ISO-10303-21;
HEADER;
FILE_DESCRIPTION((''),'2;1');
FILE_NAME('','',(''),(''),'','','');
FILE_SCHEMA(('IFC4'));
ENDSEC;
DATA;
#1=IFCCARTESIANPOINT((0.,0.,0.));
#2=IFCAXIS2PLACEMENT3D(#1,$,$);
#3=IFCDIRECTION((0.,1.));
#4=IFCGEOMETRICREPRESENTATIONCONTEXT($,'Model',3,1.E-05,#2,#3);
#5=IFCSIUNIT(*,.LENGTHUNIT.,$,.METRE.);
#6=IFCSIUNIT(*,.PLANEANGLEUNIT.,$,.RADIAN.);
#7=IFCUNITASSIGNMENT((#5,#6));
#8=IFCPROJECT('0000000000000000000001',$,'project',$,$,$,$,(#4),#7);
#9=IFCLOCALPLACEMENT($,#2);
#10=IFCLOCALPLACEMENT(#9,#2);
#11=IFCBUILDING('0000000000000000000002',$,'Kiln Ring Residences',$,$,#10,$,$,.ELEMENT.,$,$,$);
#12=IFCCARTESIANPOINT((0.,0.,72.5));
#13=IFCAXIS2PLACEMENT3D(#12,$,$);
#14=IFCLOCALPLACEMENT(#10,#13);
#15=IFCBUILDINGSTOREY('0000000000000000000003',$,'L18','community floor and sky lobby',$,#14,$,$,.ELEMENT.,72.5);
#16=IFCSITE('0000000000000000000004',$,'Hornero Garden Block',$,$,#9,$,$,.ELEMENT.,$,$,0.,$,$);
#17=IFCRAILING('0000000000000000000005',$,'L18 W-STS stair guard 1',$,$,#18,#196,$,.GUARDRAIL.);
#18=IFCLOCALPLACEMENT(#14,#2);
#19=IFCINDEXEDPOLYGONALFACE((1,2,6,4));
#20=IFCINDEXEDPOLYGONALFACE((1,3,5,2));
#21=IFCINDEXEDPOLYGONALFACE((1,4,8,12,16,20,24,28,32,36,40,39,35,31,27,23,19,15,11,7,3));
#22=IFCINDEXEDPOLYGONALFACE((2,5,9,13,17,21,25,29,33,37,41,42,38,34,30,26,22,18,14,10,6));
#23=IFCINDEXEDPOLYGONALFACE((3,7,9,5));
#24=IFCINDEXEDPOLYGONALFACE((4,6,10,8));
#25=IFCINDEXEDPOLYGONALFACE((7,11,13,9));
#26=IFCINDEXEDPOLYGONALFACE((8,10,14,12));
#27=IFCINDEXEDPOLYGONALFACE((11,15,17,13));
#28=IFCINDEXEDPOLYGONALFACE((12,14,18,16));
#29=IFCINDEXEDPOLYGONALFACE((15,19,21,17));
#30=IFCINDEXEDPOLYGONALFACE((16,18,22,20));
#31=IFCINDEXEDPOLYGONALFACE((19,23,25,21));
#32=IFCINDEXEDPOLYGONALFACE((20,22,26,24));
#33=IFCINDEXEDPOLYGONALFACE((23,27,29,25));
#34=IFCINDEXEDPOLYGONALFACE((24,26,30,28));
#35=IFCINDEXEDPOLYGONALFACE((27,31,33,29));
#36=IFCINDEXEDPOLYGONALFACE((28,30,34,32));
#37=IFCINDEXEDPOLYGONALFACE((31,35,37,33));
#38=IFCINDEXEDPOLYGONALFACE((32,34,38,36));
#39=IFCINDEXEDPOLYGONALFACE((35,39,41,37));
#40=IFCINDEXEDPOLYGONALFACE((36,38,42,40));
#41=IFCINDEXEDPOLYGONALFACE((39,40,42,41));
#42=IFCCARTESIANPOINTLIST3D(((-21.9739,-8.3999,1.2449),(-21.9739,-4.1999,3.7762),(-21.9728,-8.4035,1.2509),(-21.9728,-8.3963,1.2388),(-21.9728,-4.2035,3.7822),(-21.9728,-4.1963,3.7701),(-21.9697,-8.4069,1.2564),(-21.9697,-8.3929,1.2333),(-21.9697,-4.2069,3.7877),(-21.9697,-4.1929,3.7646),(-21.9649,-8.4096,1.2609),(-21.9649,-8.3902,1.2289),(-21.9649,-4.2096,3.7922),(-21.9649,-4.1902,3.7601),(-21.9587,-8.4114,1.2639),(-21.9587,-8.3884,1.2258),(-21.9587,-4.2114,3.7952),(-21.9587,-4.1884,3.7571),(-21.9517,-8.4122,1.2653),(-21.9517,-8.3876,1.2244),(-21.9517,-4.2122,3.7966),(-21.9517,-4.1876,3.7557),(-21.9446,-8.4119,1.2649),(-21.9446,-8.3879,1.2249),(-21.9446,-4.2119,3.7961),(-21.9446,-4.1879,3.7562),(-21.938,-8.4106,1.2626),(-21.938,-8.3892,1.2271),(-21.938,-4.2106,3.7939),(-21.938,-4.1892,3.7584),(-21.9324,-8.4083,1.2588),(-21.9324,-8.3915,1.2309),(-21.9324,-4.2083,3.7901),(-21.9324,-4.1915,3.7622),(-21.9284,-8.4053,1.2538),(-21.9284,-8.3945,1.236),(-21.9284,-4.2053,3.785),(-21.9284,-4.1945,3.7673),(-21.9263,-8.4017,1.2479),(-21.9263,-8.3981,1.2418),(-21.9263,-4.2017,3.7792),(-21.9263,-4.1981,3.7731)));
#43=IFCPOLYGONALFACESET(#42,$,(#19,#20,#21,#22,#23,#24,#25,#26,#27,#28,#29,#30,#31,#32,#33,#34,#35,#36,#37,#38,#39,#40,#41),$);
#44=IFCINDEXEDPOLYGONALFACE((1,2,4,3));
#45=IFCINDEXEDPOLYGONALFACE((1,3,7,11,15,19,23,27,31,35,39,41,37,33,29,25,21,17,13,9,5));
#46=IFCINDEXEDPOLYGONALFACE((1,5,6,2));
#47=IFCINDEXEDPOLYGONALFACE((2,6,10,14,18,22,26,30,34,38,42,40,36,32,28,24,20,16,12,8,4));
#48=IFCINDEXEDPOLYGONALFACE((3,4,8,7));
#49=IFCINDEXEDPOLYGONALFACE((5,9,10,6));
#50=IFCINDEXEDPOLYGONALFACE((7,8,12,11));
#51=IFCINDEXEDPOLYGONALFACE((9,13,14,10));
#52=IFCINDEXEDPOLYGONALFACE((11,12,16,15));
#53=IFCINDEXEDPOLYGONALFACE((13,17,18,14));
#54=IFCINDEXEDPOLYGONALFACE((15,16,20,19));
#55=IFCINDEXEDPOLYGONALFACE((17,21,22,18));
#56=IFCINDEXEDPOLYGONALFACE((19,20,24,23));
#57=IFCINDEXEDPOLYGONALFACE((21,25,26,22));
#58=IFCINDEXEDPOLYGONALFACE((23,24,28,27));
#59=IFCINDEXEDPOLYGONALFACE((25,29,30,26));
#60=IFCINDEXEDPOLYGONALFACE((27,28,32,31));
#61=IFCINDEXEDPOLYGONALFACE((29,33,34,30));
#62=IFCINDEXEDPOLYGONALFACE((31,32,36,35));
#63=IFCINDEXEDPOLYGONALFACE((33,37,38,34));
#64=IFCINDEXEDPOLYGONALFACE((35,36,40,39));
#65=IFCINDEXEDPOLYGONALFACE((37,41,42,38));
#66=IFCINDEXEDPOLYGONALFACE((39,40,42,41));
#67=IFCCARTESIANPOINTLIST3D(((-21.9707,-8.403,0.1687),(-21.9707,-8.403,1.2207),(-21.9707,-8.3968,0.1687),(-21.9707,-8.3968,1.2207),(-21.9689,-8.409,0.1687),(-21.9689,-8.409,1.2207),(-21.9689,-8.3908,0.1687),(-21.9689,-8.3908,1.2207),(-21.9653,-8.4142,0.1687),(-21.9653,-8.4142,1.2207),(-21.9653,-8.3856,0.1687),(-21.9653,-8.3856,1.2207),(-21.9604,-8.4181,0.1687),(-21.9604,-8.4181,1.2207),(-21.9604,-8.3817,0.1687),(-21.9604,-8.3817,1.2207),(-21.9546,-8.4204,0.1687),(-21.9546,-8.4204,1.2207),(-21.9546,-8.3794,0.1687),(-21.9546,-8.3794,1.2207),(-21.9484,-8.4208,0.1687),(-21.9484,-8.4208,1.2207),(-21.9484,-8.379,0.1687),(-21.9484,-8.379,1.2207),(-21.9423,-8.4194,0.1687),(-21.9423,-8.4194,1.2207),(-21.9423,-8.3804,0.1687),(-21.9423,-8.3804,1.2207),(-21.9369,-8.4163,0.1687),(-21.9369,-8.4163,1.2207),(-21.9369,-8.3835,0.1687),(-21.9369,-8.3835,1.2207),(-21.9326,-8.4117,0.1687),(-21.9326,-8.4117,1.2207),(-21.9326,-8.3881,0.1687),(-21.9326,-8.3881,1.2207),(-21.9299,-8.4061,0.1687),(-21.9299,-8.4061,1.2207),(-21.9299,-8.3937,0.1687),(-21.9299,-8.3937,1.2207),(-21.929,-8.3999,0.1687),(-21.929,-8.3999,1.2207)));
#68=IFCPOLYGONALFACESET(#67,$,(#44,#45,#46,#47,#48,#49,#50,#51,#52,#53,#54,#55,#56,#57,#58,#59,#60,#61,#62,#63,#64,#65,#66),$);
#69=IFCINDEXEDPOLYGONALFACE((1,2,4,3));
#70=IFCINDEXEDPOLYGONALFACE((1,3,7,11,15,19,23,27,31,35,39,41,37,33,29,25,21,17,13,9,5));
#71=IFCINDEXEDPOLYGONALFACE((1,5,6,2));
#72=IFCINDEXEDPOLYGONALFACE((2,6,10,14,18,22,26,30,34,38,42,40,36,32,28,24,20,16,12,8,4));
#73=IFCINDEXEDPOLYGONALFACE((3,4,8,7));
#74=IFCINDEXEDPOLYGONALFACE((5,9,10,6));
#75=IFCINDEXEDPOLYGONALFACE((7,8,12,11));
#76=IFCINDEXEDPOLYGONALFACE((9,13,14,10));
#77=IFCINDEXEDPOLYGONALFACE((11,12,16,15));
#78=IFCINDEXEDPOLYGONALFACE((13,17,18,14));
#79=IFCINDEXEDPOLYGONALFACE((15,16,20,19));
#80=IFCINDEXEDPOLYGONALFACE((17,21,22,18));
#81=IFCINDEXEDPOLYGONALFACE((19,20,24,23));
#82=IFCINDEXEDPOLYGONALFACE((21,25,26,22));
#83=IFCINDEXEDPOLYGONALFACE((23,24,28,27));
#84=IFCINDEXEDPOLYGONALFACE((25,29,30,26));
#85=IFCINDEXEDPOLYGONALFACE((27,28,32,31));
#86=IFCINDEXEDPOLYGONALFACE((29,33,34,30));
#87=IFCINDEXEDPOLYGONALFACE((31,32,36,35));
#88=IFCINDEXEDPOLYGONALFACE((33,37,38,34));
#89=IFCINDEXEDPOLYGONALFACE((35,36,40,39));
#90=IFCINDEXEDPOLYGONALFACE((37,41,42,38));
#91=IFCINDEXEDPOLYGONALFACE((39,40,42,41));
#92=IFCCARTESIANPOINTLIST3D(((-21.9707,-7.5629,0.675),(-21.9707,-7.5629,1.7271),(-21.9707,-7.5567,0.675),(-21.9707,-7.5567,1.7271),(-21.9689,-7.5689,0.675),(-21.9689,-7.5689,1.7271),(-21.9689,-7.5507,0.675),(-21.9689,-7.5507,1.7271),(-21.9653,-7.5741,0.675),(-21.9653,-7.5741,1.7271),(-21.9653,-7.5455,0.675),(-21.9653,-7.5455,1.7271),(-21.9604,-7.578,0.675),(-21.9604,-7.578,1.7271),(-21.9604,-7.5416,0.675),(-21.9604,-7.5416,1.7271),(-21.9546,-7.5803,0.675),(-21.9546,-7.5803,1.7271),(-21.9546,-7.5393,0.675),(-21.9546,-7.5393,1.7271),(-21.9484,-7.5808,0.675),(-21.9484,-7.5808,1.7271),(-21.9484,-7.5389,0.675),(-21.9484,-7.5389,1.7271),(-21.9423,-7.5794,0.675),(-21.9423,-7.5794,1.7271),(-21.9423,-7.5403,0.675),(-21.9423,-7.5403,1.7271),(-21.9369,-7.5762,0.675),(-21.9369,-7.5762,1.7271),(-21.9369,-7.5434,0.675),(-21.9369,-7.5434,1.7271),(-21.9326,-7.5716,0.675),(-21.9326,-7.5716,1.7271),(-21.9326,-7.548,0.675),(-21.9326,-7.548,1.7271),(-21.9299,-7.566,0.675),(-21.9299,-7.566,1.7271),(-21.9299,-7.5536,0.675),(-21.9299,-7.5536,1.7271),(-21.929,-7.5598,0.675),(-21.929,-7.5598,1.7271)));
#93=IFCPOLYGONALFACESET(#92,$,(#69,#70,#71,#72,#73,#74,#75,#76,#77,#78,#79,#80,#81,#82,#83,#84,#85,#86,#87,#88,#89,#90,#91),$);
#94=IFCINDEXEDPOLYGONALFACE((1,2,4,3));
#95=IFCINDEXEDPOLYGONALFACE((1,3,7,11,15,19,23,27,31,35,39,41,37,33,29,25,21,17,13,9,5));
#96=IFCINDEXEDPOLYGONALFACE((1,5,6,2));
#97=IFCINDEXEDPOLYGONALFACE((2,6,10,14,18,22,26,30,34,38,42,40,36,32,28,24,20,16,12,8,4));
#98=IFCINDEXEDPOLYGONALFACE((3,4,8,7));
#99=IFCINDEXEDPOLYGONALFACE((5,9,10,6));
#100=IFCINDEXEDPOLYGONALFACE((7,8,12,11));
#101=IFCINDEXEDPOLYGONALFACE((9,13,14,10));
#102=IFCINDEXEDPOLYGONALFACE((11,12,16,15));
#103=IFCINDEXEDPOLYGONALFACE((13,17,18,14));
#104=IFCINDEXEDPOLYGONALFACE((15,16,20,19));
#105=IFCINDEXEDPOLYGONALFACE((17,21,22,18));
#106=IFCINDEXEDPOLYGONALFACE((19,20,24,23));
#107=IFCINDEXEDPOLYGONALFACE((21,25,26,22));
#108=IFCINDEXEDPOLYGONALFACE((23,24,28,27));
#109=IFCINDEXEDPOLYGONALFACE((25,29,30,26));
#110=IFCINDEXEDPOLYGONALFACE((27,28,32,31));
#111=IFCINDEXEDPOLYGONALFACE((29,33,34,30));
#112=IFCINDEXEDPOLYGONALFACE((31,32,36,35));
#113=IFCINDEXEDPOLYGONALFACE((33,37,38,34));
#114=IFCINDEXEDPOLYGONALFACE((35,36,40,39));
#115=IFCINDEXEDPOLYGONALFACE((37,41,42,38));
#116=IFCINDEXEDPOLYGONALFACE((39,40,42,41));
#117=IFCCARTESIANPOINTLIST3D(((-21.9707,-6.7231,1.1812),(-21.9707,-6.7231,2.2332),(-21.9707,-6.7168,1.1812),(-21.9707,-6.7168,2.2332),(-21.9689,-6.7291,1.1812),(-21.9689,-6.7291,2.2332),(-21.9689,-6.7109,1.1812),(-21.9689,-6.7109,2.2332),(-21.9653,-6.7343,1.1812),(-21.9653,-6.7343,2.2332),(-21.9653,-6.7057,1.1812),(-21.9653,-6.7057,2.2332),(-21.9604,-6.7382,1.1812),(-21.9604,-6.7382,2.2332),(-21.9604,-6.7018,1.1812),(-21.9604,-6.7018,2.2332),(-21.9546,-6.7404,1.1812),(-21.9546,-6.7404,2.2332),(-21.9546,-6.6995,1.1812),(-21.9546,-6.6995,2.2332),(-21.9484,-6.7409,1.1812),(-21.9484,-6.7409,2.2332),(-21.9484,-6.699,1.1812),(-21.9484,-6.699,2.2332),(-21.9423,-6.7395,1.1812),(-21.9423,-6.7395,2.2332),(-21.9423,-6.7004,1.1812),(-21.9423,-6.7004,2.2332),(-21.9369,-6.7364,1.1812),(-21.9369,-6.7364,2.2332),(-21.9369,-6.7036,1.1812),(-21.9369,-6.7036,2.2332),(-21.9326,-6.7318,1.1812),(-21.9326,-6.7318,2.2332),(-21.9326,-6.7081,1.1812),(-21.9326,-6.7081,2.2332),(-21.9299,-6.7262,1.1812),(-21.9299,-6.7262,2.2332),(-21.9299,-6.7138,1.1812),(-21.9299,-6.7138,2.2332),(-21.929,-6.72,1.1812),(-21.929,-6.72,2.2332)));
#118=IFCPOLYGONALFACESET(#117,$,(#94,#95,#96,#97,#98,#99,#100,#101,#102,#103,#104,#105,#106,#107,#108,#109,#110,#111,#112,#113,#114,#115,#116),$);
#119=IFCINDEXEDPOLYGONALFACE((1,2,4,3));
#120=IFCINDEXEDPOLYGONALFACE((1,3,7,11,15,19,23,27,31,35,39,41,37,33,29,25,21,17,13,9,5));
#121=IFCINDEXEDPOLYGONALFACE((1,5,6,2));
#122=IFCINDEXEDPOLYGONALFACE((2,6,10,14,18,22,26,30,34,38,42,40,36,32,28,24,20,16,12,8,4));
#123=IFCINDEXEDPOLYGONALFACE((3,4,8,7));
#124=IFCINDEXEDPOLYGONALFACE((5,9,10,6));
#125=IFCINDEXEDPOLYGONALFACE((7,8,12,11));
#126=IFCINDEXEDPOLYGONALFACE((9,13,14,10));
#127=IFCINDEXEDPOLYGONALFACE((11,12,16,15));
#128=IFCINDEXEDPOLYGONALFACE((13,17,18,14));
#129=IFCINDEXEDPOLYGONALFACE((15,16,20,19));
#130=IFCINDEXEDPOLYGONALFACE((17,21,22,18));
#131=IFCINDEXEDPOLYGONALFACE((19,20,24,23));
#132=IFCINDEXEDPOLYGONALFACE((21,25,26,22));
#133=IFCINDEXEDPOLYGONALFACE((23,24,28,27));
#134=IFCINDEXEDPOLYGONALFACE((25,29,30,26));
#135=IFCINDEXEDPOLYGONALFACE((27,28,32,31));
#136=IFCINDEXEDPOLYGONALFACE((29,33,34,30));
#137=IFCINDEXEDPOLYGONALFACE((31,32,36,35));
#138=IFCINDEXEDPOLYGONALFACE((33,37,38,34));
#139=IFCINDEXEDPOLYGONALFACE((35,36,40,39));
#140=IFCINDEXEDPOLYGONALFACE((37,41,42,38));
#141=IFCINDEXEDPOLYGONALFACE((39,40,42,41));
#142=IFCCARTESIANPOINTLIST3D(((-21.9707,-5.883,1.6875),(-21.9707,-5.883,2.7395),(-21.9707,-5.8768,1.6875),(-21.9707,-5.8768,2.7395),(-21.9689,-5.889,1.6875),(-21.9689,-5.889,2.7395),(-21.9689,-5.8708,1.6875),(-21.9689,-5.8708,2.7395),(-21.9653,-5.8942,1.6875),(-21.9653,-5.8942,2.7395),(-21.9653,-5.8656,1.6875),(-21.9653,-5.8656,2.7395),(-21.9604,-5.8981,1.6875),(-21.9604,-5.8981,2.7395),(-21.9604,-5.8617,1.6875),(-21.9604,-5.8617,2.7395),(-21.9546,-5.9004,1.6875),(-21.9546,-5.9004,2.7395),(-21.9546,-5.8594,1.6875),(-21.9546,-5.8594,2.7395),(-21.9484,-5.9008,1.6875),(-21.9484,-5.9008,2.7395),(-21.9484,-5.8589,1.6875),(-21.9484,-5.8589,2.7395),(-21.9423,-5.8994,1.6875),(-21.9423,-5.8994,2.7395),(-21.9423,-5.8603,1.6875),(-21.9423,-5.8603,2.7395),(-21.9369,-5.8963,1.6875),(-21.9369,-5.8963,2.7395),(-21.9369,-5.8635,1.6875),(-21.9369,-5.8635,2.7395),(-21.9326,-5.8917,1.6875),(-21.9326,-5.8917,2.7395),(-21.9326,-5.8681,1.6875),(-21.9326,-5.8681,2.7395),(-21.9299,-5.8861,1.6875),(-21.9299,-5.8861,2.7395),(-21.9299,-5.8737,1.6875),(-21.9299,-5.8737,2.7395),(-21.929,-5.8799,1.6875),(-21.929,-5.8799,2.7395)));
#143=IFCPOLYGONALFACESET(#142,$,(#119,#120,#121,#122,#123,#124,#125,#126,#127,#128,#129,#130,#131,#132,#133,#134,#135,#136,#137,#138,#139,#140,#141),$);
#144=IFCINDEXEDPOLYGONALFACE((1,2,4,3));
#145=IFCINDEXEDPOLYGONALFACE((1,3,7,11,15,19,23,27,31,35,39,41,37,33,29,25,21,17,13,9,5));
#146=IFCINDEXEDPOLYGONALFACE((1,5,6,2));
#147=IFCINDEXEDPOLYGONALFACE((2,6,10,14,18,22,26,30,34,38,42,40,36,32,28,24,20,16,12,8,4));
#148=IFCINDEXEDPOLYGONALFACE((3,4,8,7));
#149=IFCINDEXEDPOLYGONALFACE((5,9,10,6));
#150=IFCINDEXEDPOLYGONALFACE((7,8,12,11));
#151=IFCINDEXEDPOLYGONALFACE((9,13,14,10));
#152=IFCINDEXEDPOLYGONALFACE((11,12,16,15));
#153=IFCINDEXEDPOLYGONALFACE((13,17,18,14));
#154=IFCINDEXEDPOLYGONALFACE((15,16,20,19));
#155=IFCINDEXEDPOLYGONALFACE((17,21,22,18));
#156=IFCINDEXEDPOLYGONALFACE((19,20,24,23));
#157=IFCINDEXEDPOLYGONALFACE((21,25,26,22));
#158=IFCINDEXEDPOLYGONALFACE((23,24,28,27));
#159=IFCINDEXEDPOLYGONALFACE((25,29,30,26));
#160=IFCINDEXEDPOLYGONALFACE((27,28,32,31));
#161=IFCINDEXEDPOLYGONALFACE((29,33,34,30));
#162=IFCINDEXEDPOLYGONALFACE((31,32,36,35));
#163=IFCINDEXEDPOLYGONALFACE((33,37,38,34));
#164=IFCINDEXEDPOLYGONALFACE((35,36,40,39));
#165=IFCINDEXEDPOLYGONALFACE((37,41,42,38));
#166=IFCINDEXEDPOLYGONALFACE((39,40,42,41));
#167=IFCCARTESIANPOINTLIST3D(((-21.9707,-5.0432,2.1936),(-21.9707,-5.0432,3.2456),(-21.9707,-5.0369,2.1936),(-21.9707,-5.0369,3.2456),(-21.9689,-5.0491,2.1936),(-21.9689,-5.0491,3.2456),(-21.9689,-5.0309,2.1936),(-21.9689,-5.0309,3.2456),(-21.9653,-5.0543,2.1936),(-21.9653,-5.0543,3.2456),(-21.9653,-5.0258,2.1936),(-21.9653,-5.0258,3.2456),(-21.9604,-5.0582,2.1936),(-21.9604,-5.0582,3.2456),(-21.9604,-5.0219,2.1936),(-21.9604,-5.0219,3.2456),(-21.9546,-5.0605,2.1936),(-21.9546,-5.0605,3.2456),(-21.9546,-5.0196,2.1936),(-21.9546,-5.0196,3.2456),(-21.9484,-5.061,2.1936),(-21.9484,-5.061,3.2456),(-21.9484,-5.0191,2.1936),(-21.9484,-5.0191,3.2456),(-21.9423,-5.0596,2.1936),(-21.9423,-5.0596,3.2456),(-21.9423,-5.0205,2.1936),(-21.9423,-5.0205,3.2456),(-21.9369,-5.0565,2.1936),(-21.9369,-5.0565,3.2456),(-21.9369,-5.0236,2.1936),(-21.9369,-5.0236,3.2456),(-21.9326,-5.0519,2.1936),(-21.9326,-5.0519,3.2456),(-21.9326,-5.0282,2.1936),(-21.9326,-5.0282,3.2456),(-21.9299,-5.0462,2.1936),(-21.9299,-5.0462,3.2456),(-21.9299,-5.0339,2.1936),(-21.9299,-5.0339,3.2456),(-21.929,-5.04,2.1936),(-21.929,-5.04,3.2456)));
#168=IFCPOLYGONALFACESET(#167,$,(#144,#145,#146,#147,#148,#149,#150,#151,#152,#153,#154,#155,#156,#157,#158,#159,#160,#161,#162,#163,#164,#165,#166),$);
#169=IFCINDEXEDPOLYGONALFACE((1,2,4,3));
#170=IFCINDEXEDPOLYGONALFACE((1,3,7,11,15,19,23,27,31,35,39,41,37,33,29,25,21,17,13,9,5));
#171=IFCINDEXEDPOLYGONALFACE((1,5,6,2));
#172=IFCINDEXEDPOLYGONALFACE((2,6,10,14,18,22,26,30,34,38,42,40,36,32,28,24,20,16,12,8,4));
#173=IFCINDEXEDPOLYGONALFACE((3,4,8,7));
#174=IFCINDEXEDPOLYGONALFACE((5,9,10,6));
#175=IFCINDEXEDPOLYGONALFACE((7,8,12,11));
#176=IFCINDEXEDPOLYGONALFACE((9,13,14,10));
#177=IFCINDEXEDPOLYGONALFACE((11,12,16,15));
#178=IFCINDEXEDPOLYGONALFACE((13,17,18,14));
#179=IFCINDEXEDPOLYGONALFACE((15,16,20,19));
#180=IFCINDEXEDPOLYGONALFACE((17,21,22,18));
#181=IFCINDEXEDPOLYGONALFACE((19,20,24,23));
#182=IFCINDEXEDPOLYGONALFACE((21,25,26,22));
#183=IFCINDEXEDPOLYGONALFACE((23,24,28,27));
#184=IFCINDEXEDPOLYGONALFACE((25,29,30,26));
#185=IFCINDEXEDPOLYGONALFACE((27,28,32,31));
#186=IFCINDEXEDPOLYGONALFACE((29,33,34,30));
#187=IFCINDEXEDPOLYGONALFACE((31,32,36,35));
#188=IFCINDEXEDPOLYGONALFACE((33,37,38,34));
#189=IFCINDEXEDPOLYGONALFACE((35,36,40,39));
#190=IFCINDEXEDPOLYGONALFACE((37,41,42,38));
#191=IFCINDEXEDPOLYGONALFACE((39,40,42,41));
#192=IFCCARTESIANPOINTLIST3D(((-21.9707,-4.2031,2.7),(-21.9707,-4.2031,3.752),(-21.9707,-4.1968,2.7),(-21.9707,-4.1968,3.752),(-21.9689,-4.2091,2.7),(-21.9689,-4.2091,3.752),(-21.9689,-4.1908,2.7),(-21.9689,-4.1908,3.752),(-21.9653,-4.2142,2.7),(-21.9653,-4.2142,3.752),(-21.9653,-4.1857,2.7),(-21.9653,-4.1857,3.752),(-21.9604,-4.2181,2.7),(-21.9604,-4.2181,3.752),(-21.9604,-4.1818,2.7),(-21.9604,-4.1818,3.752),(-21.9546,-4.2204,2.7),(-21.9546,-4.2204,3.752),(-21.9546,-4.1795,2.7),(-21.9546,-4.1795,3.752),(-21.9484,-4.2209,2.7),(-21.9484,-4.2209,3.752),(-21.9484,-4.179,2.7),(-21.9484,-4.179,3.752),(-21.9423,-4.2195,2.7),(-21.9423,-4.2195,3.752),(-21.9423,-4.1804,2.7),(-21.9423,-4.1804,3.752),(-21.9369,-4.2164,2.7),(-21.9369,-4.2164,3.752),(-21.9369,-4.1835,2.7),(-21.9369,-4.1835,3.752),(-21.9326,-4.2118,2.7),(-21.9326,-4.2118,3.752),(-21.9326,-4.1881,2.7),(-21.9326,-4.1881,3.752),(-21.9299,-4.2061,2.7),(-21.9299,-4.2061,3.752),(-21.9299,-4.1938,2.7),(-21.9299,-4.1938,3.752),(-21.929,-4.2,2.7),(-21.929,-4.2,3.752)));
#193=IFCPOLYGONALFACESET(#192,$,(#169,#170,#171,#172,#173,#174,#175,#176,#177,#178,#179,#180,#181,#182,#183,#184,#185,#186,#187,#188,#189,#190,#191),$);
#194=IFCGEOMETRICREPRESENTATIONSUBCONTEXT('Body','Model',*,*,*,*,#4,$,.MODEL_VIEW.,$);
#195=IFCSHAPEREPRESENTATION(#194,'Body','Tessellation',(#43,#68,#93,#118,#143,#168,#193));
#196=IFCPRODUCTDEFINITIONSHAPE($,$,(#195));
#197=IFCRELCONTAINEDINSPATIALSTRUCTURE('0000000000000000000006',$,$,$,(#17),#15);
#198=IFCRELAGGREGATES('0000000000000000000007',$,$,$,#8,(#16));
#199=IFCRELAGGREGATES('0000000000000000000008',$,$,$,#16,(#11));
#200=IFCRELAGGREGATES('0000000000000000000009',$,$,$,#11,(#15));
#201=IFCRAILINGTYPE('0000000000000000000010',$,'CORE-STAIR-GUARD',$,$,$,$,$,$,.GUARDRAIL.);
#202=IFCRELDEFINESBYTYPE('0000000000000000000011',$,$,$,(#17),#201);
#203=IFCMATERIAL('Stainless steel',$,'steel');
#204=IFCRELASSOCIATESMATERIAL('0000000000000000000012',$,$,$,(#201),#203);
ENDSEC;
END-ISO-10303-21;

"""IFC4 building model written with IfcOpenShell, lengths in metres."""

from ifc_helpers import new_model, si_unit, direction, frame, origin, origin_2d, place, context, subcontext, project, spatial, circle, extrude, material, type_object, element, save


model = new_model("IFC4")

# Units and contexts
model_context = context("Model", 3, precision=1e-05, world=origin(), true_north=direction((0.0, 1.0)))
body_context = subcontext(model_context, "Body", "Model", "MODEL_VIEW")
ifc_project = project(units=[si_unit("LENGTHUNIT", "METRE"), si_unit("PLANEANGLEUNIT", "RADIAN")], contexts=[model_context])

# Site, building, storey
site_placement = place(None, origin())
site = spatial("IfcSite", under=ifc_project, at=site_placement, Name="Hornero Garden Block", CompositionType="ELEMENT", RefElevation=0.0)
building_placement = place(site_placement, origin())
building = spatial("IfcBuilding", under=site, at=building_placement, Name="Kiln Ring Residences", CompositionType="ELEMENT")
storey_placement = place(building_placement, frame((0.0, 0.0, 72.5)))
storey = spatial("IfcBuildingStorey", under=building, at=storey_placement, Name="L18", Description="community floor and sky lobby", CompositionType="ELEMENT", Elevation=72.5)

# Railing
ifc_material_1 = material(Name="Stainless steel", Category="steel")
railing_type_1 = type_object("IfcRailingType", Name="CORE-STAIR-GUARD", PredefinedType="GUARDRAIL", material=ifc_material_1)
railing_1_placement = place(storey_placement, frame((-21.95, -8.3999, 0.1687)))
element("IfcRailing", 1, at=railing_1_placement, inside=storey, type_object=railing_type_1, Name="L18 W-STS stair guard 1", PredefinedType="GUARDRAIL", context=body_context, shape_type="SweptSolid", body=[
    extrude(circle(Radius=0.0239, at=origin_2d()), frame((0.0, 0.0, 1.0762), z_axis=(0.0, 0.856476, 0.516186), x_axis=(-1.0, 0.0, 0.0)), (0.0, 0.0, 1.0), 4.9038),
    extrude(circle(Radius=0.021, at=origin_2d()), origin(), (0.0, 0.0, 1.0), 1.052),
    extrude(circle(Radius=0.021, at=origin_2d()), frame((0.0, 0.8401, 0.5063)), (0.0, 0.0, 1.0), 1.052),
    extrude(circle(Radius=0.021, at=origin_2d()), frame((0.0, 1.6799, 1.0125)), (0.0, 0.0, 1.0), 1.052),
    extrude(circle(Radius=0.021, at=origin_2d()), frame((0.0, 2.52, 1.5188)), (0.0, 0.0, 1.0), 1.052),
    extrude(circle(Radius=0.021, at=origin_2d()), frame((0.0, 3.3599, 2.0249)), (0.0, 0.0, 1.0), 1.052),
    extrude(circle(Radius=0.021, at=origin_2d()), frame((0.0, 4.2, 2.5312)), (0.0, 0.0, 1.0), 1.052),
])

save(model, "model.ifc")
